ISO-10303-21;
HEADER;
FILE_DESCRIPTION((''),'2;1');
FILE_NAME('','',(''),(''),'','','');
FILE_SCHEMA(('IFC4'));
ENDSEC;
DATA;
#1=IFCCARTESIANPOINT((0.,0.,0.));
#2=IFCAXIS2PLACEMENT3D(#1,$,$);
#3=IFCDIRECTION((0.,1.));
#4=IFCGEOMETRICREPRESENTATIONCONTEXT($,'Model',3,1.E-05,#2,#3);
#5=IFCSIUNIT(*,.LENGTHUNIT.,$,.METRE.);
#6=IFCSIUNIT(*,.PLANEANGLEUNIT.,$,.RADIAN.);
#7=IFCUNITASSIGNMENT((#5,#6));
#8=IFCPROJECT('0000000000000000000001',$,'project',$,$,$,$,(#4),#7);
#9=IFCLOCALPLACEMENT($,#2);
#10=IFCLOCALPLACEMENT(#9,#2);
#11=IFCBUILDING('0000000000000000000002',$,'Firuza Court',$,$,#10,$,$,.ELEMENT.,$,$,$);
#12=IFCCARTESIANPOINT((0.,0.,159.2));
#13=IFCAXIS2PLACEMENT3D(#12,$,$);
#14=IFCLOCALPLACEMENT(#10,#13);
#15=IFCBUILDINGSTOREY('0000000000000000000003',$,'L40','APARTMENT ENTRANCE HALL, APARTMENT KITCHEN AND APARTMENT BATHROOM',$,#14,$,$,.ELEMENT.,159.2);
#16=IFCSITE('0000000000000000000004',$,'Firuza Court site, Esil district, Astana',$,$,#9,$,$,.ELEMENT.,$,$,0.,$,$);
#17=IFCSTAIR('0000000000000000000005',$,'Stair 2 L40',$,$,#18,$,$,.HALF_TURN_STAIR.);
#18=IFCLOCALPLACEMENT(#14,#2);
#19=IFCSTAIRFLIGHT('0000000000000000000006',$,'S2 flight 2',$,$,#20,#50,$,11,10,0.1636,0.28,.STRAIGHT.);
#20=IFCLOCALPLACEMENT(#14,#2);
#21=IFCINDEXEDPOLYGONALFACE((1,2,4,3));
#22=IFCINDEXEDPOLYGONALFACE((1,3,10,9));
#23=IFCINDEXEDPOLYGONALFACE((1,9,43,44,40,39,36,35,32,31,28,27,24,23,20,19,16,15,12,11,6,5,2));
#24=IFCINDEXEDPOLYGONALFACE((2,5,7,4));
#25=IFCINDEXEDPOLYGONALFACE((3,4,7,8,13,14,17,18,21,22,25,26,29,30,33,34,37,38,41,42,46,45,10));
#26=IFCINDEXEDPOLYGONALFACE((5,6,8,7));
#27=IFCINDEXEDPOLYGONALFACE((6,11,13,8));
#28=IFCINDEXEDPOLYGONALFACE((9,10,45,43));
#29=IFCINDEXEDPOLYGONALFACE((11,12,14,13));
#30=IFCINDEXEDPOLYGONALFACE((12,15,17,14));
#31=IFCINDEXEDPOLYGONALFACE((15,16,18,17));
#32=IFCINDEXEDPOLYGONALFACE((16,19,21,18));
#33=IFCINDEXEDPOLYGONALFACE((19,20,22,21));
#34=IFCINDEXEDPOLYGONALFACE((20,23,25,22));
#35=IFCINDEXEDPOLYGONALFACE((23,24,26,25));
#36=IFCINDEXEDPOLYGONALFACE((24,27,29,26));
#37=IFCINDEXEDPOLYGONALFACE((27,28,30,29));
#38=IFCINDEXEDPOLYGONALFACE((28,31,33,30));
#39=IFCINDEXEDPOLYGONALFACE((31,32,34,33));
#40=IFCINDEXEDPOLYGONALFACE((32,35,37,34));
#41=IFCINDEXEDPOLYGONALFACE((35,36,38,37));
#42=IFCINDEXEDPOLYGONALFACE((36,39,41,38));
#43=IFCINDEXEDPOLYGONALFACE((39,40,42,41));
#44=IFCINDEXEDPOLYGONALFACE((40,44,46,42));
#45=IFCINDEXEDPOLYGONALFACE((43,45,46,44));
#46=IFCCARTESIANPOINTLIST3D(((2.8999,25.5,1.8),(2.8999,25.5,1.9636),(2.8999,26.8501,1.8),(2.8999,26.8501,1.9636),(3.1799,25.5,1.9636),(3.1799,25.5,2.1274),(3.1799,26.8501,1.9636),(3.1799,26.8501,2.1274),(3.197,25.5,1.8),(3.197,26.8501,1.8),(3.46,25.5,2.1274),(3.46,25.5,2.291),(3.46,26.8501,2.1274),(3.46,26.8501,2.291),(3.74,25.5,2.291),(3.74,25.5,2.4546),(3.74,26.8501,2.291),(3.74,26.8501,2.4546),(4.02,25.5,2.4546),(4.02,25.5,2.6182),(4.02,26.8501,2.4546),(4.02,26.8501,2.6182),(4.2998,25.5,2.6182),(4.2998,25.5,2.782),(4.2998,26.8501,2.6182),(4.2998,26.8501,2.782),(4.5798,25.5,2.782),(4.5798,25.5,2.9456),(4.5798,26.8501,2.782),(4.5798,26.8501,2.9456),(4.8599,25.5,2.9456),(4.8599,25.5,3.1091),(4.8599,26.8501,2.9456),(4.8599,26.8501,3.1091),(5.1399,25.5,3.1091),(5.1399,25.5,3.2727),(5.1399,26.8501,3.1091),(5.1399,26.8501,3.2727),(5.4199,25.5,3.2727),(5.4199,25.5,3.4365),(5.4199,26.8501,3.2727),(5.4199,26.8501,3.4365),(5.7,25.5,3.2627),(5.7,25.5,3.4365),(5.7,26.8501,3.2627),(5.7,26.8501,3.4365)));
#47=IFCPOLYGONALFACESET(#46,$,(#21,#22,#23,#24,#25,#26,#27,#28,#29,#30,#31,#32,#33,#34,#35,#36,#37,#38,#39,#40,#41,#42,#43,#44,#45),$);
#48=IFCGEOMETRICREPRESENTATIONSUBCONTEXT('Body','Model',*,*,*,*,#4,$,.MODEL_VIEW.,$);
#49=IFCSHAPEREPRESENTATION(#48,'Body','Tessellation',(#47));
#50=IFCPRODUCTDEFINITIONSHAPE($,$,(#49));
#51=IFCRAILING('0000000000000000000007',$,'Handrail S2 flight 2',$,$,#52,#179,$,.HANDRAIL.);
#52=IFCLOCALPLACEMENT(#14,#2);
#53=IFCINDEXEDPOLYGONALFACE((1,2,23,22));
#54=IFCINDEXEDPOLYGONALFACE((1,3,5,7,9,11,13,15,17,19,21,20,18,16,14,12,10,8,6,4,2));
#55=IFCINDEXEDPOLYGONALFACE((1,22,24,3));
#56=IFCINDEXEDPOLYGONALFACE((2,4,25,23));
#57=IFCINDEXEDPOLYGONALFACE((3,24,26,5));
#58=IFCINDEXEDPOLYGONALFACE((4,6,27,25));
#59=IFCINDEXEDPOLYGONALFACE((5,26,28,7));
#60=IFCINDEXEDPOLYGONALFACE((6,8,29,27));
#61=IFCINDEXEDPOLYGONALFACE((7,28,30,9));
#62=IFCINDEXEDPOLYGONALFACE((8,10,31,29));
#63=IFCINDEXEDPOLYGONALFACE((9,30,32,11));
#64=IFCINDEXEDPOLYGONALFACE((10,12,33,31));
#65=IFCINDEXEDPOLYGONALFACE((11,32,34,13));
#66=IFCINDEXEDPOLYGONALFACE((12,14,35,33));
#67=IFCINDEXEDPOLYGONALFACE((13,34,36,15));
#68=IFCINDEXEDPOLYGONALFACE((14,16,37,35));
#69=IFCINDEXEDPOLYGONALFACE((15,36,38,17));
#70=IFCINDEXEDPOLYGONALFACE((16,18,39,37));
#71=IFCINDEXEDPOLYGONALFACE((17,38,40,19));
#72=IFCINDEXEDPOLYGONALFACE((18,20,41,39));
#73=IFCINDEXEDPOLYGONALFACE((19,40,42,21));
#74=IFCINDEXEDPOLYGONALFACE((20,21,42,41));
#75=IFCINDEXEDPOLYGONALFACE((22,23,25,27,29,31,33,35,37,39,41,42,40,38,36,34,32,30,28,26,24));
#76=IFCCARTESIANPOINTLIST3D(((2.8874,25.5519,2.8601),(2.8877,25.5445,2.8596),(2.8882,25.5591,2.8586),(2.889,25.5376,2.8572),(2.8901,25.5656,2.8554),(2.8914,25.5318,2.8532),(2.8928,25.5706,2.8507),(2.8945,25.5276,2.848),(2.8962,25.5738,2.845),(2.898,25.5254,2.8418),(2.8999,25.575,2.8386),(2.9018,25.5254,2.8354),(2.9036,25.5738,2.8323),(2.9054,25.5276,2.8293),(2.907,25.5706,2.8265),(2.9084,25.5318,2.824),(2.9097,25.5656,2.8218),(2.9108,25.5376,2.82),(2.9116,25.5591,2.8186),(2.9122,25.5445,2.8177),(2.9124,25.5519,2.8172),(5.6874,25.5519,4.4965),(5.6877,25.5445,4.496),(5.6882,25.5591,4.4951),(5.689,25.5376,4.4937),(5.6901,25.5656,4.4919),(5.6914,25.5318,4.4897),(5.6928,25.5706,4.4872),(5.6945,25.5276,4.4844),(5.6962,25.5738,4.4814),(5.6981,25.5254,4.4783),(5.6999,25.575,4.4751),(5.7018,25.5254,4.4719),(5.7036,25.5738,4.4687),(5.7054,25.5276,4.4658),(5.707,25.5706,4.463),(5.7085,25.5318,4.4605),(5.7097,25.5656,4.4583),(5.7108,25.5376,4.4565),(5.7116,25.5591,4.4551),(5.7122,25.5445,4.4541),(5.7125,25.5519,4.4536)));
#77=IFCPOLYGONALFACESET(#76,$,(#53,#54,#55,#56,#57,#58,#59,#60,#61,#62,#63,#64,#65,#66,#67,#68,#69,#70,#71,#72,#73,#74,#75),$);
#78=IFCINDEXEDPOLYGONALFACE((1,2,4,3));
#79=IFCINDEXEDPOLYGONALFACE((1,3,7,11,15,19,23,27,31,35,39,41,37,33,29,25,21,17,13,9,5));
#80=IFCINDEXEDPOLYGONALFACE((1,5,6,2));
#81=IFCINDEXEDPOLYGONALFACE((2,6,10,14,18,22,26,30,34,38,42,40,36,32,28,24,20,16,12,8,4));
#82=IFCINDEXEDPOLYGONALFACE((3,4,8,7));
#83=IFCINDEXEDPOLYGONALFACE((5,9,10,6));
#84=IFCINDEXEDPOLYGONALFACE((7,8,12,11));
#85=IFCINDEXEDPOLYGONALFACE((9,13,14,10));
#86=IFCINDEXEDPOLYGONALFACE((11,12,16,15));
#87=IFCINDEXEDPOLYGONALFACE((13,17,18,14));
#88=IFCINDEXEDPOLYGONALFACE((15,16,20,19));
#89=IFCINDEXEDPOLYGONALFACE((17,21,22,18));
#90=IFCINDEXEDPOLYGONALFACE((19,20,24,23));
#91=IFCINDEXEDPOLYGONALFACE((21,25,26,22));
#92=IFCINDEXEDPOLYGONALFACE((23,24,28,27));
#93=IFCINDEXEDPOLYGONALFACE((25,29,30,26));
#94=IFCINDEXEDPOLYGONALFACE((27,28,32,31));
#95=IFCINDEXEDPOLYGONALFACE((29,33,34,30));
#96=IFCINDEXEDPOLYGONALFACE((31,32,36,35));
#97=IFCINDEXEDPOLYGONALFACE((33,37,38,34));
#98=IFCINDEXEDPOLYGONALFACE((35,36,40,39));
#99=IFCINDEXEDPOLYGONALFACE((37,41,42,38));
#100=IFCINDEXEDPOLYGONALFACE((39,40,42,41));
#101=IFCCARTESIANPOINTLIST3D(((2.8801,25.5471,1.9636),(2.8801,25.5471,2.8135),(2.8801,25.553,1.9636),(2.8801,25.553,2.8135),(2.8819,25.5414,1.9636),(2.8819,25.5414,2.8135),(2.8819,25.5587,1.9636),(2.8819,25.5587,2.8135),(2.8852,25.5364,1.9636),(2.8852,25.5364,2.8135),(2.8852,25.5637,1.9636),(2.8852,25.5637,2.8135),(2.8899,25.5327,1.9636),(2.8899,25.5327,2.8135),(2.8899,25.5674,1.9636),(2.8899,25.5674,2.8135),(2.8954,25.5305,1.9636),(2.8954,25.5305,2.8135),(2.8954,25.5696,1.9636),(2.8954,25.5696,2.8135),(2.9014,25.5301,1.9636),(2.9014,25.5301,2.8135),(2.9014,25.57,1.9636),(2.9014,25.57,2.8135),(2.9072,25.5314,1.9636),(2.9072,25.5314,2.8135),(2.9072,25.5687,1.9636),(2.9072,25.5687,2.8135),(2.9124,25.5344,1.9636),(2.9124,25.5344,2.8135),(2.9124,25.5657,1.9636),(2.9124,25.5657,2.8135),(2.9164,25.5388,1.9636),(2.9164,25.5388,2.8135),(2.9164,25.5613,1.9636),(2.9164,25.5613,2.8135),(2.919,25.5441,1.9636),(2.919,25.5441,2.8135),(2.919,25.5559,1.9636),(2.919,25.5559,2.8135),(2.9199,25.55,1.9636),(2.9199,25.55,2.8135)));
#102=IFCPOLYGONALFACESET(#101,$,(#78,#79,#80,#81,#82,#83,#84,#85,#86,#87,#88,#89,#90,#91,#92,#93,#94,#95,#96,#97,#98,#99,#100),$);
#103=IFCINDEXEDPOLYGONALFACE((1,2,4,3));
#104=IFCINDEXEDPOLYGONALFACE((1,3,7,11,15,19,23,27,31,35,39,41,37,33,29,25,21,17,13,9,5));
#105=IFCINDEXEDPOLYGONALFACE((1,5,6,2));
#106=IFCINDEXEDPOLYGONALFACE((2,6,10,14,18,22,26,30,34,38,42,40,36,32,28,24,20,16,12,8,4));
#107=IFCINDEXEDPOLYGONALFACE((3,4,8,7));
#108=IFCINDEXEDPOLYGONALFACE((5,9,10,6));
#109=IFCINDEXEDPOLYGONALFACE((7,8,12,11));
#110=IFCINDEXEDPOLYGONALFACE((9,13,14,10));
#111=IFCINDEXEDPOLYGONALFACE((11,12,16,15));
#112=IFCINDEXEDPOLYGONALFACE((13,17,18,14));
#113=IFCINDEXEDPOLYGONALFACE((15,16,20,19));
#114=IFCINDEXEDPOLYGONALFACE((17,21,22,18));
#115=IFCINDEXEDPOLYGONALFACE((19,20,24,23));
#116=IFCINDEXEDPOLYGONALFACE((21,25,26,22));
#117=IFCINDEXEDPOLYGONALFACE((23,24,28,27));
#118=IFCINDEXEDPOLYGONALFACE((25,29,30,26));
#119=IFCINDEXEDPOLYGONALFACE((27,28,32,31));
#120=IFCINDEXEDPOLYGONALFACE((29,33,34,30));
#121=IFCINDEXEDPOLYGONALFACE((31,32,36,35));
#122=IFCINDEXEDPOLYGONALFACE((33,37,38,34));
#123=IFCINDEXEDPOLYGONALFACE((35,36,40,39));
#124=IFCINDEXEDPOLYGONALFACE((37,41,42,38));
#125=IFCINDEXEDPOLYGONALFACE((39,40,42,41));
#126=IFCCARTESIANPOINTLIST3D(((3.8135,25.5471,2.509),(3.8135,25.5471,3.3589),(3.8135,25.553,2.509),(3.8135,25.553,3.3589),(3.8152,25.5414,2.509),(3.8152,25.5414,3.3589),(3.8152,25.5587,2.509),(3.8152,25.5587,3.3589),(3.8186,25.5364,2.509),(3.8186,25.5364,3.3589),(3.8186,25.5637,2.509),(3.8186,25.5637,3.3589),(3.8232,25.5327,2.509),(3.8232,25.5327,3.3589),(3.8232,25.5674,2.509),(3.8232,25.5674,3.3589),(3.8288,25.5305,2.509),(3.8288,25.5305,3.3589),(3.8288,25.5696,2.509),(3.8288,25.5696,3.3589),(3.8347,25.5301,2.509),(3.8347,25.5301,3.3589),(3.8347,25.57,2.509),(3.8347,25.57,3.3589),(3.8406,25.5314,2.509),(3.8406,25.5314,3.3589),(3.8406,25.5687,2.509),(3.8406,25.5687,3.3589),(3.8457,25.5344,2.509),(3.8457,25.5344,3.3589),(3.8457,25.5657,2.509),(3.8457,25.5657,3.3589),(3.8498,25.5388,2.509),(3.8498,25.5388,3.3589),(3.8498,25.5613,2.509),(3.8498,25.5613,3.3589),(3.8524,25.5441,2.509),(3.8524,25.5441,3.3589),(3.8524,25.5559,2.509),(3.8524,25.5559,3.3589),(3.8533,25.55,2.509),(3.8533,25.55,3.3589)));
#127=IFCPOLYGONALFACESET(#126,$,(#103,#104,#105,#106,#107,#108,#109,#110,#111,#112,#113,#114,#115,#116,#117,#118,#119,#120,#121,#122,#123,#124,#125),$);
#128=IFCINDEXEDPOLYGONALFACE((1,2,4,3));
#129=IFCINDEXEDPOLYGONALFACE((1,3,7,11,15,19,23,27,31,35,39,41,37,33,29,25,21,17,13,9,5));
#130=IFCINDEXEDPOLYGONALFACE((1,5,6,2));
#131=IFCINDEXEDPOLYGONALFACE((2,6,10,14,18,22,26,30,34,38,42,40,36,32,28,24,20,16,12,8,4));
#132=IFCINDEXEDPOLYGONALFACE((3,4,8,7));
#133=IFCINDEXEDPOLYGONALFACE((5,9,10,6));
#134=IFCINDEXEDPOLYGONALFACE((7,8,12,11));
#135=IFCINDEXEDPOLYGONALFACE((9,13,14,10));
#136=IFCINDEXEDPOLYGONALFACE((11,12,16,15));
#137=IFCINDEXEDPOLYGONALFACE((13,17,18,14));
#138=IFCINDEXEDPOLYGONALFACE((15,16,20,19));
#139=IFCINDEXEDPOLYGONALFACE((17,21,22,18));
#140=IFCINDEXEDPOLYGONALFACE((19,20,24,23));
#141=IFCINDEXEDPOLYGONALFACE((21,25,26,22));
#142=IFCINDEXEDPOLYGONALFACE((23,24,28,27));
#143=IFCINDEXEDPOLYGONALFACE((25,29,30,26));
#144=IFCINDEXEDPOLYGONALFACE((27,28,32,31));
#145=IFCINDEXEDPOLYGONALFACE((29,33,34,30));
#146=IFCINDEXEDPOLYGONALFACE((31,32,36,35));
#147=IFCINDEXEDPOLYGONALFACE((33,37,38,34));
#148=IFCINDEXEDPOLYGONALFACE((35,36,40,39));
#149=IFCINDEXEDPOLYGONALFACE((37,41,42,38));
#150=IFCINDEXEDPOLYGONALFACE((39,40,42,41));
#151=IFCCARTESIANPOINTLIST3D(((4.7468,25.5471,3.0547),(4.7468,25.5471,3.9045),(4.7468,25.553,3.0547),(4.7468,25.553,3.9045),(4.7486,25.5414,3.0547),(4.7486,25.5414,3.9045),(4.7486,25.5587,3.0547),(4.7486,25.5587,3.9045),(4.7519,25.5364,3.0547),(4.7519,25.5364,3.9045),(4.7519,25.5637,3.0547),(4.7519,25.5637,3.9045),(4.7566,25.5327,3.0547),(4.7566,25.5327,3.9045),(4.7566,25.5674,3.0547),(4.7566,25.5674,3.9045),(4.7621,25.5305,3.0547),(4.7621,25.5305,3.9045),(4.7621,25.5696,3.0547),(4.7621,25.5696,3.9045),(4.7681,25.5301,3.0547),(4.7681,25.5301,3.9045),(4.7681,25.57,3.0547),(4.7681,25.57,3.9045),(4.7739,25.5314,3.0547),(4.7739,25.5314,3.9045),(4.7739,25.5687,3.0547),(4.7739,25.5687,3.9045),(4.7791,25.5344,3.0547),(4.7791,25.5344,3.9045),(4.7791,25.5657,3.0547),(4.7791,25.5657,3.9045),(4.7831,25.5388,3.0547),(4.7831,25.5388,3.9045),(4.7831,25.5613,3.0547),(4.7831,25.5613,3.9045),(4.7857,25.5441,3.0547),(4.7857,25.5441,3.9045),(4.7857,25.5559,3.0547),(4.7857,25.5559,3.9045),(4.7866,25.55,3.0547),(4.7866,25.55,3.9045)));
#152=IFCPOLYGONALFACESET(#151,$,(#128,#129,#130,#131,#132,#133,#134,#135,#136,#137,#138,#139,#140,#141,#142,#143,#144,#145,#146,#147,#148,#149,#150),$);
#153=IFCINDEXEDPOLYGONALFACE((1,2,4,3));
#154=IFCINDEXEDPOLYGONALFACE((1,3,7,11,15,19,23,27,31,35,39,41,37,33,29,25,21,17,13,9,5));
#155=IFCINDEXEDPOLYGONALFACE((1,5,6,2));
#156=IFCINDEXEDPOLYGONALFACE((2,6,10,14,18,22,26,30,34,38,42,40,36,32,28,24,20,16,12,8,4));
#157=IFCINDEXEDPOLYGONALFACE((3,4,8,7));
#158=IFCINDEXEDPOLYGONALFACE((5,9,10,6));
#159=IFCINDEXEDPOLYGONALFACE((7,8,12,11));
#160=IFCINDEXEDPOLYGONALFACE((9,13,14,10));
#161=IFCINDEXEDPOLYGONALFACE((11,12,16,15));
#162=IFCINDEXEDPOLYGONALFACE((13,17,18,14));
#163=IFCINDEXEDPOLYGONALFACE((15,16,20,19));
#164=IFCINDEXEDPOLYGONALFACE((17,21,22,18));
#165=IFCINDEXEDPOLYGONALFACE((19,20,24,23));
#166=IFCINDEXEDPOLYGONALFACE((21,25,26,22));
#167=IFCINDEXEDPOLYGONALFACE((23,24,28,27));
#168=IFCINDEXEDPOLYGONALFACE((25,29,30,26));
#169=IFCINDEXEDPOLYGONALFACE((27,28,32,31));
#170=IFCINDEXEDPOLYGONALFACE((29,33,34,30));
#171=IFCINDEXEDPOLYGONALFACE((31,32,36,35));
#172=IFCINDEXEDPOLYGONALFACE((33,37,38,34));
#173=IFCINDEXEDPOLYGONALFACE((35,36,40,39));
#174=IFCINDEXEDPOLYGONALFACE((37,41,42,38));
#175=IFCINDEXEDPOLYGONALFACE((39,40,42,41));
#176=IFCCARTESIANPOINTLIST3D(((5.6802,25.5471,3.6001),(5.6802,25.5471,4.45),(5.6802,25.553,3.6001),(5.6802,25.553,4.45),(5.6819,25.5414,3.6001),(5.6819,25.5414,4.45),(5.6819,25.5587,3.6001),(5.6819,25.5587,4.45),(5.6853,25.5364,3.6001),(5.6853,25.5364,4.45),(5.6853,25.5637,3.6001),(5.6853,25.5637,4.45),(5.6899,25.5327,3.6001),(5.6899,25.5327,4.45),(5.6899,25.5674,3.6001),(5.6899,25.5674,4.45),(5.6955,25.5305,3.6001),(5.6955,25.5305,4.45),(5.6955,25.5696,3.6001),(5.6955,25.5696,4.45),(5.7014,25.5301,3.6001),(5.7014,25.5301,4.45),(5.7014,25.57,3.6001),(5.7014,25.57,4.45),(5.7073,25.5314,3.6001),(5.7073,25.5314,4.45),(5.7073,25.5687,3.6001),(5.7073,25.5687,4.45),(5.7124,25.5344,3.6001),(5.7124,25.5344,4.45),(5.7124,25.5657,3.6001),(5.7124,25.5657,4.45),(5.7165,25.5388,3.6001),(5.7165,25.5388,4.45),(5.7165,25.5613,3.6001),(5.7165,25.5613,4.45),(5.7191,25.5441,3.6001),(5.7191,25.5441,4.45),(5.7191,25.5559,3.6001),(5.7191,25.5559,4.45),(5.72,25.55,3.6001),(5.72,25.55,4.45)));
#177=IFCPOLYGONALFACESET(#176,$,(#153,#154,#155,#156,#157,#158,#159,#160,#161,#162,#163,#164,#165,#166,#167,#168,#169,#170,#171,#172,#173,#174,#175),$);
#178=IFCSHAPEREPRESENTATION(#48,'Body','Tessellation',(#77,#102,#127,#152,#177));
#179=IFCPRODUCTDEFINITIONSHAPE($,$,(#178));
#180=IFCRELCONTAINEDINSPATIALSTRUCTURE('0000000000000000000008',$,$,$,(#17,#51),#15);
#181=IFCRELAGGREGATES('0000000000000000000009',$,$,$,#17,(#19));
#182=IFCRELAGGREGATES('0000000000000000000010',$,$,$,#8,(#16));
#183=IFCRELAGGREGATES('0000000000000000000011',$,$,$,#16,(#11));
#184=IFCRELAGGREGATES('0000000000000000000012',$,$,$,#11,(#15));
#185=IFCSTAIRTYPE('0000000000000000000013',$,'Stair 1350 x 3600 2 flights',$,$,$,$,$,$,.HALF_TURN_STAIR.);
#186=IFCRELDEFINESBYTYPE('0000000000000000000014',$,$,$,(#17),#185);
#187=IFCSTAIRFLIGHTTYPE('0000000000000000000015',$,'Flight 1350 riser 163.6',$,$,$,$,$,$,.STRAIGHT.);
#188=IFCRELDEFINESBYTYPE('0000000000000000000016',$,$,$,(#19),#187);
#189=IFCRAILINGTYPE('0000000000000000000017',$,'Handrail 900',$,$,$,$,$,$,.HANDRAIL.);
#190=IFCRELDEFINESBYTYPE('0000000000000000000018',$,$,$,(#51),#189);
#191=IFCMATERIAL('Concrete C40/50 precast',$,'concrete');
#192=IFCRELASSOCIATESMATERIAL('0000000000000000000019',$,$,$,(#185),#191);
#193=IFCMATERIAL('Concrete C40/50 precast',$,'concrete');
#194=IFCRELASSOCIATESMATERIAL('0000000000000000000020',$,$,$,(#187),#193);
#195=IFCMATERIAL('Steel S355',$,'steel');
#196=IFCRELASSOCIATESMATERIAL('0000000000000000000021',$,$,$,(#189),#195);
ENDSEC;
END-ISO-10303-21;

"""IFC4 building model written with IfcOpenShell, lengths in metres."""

from ifc_helpers import new_model, si_unit, direction, frame, origin, origin_2d, place, context, subcontext, project, spatial, polyline, circle, outline, extrude, material, type_object, element, aggregate, save


model = new_model("IFC4")

# Units and contexts
model_context = context("Model", 3, precision=1e-05, world=origin(), true_north=direction((0.0, 1.0)))
body_context = subcontext(model_context, "Body", "Model", "MODEL_VIEW")
ifc_project = project(units=[si_unit("LENGTHUNIT", "METRE"), si_unit("PLANEANGLEUNIT", "RADIAN")], contexts=[model_context])

# Site, building, storey
site_placement = place(None, origin())
site = spatial("IfcSite", under=ifc_project, at=site_placement, Name="Firuza Court site, Esil district, Astana", CompositionType="ELEMENT", RefElevation=0.0)
building_placement = place(site_placement, origin())
building = spatial("IfcBuilding", under=site, at=building_placement, Name="Firuza Court", CompositionType="ELEMENT")
storey_placement = place(building_placement, frame((0.0, 0.0, 159.2)))
storey = spatial("IfcBuildingStorey", under=building, at=storey_placement, Name="L40", Description="APARTMENT ENTRANCE HALL, APARTMENT KITCHEN AND APARTMENT BATHROOM", CompositionType="ELEMENT", Elevation=159.2)

# Stair, stair flight
ifc_material_1 = material(Name="Concrete C40/50 precast", Category="concrete")
stair_type = type_object("IfcStairType", Name="Stair 1350 x 3600 2 flights", PredefinedType="HALF_TURN_STAIR", material=ifc_material_1)
stair_placement = place(storey_placement, origin())
stair = element("IfcStair", 1, at=stair_placement, inside=storey, type_object=stair_type, Name="Stair 2 L40", PredefinedType="HALF_TURN_STAIR")
ifc_material_2 = material(Name="Concrete C40/50 precast", Category="concrete")
stair_flight_type = type_object("IfcStairFlightType", Name="Flight 1350 riser 163.6", PredefinedType="STRAIGHT", material=ifc_material_2)
stair_flight_1_placement = place(storey_placement, frame((2.8999, 26.175, 1.8), z_axis=(0.0, 0.0, 1.0), x_axis=(1.0, 0.0, 0.0)))
stair_flight_1 = element("IfcStairFlight", 2, at=stair_flight_1_placement, type_object=stair_flight_type, Name="S2 flight 2", NumberOfRisers=11, NumberOfTreads=10, PredefinedType="STRAIGHT", RiserHeight=0.1636, TreadLength=0.28, context=body_context, shape_type="SweptSolid", body=[
    extrude(outline(polyline([(0.0, 0.0), (0.0, 0.1636), (0.28, 0.1636), (0.28, 0.3274), (0.5601, 0.3274), (0.5601, 0.491), (0.8401, 0.491), (0.8401, 0.6545), (1.1201, 0.6545), (1.1201, 0.8181), (1.3999, 0.8181), (1.3999, 0.9819), (1.6799, 0.9819), (1.6799, 1.1455), (1.96, 1.1455), (1.96, 1.3091), (2.24, 1.3091), (2.24, 1.4727), (2.52, 1.4727), (2.52, 1.6365), (2.8, 1.6365), (2.8, 1.8), (2.8, 1.4626), (0.2971, 0.0), (0.0, 0.0)])), frame((0.0, 0.675, 0.0), z_axis=(0.0, -1.0, 0.0), x_axis=(1.0, 0.0, 0.0)), (0.0, 0.0, 1.0), 1.3501),
])
aggregate(stair, [stair_flight_1])

# Railing
ifc_material_3 = material(Name="Steel S355", Category="steel")
railing_type = type_object("IfcRailingType", Name="Handrail 900", PredefinedType="HANDRAIL", material=ifc_material_3)
railing_placement = place(storey_placement, frame((2.8999, 25.55, 1.9636)))
element("IfcRailing", 3, at=railing_placement, inside=storey, type_object=railing_type, Name="Handrail S2 flight 2", PredefinedType="HANDRAIL", context=body_context, shape_type="SweptSolid", body=[
    extrude(circle(Radius=0.0249, at=origin_2d()), frame((0.0, 0.0, 0.875), z_axis=(0.863361, 0.0, 0.504587), x_axis=(0.0, 1.0, 0.0)), (0.0, 0.0, 1.0), 3.2432),
    extrude(circle(Radius=0.02, at=origin_2d()), origin(), (0.0, 0.0, 1.0), 0.8499),
    extrude(circle(Radius=0.02, at=origin_2d()), frame((0.9333, 0.0, 0.5454)), (0.0, 0.0, 1.0), 0.8499),
    extrude(circle(Radius=0.02, at=origin_2d()), frame((1.8667, 0.0, 1.0911)), (0.0, 0.0, 1.0), 0.8499),
    extrude(circle(Radius=0.02, at=origin_2d()), frame((2.8, 0.0, 1.6365)), (0.0, 0.0, 1.0), 0.8499),
])

save(model, "model.ifc")
